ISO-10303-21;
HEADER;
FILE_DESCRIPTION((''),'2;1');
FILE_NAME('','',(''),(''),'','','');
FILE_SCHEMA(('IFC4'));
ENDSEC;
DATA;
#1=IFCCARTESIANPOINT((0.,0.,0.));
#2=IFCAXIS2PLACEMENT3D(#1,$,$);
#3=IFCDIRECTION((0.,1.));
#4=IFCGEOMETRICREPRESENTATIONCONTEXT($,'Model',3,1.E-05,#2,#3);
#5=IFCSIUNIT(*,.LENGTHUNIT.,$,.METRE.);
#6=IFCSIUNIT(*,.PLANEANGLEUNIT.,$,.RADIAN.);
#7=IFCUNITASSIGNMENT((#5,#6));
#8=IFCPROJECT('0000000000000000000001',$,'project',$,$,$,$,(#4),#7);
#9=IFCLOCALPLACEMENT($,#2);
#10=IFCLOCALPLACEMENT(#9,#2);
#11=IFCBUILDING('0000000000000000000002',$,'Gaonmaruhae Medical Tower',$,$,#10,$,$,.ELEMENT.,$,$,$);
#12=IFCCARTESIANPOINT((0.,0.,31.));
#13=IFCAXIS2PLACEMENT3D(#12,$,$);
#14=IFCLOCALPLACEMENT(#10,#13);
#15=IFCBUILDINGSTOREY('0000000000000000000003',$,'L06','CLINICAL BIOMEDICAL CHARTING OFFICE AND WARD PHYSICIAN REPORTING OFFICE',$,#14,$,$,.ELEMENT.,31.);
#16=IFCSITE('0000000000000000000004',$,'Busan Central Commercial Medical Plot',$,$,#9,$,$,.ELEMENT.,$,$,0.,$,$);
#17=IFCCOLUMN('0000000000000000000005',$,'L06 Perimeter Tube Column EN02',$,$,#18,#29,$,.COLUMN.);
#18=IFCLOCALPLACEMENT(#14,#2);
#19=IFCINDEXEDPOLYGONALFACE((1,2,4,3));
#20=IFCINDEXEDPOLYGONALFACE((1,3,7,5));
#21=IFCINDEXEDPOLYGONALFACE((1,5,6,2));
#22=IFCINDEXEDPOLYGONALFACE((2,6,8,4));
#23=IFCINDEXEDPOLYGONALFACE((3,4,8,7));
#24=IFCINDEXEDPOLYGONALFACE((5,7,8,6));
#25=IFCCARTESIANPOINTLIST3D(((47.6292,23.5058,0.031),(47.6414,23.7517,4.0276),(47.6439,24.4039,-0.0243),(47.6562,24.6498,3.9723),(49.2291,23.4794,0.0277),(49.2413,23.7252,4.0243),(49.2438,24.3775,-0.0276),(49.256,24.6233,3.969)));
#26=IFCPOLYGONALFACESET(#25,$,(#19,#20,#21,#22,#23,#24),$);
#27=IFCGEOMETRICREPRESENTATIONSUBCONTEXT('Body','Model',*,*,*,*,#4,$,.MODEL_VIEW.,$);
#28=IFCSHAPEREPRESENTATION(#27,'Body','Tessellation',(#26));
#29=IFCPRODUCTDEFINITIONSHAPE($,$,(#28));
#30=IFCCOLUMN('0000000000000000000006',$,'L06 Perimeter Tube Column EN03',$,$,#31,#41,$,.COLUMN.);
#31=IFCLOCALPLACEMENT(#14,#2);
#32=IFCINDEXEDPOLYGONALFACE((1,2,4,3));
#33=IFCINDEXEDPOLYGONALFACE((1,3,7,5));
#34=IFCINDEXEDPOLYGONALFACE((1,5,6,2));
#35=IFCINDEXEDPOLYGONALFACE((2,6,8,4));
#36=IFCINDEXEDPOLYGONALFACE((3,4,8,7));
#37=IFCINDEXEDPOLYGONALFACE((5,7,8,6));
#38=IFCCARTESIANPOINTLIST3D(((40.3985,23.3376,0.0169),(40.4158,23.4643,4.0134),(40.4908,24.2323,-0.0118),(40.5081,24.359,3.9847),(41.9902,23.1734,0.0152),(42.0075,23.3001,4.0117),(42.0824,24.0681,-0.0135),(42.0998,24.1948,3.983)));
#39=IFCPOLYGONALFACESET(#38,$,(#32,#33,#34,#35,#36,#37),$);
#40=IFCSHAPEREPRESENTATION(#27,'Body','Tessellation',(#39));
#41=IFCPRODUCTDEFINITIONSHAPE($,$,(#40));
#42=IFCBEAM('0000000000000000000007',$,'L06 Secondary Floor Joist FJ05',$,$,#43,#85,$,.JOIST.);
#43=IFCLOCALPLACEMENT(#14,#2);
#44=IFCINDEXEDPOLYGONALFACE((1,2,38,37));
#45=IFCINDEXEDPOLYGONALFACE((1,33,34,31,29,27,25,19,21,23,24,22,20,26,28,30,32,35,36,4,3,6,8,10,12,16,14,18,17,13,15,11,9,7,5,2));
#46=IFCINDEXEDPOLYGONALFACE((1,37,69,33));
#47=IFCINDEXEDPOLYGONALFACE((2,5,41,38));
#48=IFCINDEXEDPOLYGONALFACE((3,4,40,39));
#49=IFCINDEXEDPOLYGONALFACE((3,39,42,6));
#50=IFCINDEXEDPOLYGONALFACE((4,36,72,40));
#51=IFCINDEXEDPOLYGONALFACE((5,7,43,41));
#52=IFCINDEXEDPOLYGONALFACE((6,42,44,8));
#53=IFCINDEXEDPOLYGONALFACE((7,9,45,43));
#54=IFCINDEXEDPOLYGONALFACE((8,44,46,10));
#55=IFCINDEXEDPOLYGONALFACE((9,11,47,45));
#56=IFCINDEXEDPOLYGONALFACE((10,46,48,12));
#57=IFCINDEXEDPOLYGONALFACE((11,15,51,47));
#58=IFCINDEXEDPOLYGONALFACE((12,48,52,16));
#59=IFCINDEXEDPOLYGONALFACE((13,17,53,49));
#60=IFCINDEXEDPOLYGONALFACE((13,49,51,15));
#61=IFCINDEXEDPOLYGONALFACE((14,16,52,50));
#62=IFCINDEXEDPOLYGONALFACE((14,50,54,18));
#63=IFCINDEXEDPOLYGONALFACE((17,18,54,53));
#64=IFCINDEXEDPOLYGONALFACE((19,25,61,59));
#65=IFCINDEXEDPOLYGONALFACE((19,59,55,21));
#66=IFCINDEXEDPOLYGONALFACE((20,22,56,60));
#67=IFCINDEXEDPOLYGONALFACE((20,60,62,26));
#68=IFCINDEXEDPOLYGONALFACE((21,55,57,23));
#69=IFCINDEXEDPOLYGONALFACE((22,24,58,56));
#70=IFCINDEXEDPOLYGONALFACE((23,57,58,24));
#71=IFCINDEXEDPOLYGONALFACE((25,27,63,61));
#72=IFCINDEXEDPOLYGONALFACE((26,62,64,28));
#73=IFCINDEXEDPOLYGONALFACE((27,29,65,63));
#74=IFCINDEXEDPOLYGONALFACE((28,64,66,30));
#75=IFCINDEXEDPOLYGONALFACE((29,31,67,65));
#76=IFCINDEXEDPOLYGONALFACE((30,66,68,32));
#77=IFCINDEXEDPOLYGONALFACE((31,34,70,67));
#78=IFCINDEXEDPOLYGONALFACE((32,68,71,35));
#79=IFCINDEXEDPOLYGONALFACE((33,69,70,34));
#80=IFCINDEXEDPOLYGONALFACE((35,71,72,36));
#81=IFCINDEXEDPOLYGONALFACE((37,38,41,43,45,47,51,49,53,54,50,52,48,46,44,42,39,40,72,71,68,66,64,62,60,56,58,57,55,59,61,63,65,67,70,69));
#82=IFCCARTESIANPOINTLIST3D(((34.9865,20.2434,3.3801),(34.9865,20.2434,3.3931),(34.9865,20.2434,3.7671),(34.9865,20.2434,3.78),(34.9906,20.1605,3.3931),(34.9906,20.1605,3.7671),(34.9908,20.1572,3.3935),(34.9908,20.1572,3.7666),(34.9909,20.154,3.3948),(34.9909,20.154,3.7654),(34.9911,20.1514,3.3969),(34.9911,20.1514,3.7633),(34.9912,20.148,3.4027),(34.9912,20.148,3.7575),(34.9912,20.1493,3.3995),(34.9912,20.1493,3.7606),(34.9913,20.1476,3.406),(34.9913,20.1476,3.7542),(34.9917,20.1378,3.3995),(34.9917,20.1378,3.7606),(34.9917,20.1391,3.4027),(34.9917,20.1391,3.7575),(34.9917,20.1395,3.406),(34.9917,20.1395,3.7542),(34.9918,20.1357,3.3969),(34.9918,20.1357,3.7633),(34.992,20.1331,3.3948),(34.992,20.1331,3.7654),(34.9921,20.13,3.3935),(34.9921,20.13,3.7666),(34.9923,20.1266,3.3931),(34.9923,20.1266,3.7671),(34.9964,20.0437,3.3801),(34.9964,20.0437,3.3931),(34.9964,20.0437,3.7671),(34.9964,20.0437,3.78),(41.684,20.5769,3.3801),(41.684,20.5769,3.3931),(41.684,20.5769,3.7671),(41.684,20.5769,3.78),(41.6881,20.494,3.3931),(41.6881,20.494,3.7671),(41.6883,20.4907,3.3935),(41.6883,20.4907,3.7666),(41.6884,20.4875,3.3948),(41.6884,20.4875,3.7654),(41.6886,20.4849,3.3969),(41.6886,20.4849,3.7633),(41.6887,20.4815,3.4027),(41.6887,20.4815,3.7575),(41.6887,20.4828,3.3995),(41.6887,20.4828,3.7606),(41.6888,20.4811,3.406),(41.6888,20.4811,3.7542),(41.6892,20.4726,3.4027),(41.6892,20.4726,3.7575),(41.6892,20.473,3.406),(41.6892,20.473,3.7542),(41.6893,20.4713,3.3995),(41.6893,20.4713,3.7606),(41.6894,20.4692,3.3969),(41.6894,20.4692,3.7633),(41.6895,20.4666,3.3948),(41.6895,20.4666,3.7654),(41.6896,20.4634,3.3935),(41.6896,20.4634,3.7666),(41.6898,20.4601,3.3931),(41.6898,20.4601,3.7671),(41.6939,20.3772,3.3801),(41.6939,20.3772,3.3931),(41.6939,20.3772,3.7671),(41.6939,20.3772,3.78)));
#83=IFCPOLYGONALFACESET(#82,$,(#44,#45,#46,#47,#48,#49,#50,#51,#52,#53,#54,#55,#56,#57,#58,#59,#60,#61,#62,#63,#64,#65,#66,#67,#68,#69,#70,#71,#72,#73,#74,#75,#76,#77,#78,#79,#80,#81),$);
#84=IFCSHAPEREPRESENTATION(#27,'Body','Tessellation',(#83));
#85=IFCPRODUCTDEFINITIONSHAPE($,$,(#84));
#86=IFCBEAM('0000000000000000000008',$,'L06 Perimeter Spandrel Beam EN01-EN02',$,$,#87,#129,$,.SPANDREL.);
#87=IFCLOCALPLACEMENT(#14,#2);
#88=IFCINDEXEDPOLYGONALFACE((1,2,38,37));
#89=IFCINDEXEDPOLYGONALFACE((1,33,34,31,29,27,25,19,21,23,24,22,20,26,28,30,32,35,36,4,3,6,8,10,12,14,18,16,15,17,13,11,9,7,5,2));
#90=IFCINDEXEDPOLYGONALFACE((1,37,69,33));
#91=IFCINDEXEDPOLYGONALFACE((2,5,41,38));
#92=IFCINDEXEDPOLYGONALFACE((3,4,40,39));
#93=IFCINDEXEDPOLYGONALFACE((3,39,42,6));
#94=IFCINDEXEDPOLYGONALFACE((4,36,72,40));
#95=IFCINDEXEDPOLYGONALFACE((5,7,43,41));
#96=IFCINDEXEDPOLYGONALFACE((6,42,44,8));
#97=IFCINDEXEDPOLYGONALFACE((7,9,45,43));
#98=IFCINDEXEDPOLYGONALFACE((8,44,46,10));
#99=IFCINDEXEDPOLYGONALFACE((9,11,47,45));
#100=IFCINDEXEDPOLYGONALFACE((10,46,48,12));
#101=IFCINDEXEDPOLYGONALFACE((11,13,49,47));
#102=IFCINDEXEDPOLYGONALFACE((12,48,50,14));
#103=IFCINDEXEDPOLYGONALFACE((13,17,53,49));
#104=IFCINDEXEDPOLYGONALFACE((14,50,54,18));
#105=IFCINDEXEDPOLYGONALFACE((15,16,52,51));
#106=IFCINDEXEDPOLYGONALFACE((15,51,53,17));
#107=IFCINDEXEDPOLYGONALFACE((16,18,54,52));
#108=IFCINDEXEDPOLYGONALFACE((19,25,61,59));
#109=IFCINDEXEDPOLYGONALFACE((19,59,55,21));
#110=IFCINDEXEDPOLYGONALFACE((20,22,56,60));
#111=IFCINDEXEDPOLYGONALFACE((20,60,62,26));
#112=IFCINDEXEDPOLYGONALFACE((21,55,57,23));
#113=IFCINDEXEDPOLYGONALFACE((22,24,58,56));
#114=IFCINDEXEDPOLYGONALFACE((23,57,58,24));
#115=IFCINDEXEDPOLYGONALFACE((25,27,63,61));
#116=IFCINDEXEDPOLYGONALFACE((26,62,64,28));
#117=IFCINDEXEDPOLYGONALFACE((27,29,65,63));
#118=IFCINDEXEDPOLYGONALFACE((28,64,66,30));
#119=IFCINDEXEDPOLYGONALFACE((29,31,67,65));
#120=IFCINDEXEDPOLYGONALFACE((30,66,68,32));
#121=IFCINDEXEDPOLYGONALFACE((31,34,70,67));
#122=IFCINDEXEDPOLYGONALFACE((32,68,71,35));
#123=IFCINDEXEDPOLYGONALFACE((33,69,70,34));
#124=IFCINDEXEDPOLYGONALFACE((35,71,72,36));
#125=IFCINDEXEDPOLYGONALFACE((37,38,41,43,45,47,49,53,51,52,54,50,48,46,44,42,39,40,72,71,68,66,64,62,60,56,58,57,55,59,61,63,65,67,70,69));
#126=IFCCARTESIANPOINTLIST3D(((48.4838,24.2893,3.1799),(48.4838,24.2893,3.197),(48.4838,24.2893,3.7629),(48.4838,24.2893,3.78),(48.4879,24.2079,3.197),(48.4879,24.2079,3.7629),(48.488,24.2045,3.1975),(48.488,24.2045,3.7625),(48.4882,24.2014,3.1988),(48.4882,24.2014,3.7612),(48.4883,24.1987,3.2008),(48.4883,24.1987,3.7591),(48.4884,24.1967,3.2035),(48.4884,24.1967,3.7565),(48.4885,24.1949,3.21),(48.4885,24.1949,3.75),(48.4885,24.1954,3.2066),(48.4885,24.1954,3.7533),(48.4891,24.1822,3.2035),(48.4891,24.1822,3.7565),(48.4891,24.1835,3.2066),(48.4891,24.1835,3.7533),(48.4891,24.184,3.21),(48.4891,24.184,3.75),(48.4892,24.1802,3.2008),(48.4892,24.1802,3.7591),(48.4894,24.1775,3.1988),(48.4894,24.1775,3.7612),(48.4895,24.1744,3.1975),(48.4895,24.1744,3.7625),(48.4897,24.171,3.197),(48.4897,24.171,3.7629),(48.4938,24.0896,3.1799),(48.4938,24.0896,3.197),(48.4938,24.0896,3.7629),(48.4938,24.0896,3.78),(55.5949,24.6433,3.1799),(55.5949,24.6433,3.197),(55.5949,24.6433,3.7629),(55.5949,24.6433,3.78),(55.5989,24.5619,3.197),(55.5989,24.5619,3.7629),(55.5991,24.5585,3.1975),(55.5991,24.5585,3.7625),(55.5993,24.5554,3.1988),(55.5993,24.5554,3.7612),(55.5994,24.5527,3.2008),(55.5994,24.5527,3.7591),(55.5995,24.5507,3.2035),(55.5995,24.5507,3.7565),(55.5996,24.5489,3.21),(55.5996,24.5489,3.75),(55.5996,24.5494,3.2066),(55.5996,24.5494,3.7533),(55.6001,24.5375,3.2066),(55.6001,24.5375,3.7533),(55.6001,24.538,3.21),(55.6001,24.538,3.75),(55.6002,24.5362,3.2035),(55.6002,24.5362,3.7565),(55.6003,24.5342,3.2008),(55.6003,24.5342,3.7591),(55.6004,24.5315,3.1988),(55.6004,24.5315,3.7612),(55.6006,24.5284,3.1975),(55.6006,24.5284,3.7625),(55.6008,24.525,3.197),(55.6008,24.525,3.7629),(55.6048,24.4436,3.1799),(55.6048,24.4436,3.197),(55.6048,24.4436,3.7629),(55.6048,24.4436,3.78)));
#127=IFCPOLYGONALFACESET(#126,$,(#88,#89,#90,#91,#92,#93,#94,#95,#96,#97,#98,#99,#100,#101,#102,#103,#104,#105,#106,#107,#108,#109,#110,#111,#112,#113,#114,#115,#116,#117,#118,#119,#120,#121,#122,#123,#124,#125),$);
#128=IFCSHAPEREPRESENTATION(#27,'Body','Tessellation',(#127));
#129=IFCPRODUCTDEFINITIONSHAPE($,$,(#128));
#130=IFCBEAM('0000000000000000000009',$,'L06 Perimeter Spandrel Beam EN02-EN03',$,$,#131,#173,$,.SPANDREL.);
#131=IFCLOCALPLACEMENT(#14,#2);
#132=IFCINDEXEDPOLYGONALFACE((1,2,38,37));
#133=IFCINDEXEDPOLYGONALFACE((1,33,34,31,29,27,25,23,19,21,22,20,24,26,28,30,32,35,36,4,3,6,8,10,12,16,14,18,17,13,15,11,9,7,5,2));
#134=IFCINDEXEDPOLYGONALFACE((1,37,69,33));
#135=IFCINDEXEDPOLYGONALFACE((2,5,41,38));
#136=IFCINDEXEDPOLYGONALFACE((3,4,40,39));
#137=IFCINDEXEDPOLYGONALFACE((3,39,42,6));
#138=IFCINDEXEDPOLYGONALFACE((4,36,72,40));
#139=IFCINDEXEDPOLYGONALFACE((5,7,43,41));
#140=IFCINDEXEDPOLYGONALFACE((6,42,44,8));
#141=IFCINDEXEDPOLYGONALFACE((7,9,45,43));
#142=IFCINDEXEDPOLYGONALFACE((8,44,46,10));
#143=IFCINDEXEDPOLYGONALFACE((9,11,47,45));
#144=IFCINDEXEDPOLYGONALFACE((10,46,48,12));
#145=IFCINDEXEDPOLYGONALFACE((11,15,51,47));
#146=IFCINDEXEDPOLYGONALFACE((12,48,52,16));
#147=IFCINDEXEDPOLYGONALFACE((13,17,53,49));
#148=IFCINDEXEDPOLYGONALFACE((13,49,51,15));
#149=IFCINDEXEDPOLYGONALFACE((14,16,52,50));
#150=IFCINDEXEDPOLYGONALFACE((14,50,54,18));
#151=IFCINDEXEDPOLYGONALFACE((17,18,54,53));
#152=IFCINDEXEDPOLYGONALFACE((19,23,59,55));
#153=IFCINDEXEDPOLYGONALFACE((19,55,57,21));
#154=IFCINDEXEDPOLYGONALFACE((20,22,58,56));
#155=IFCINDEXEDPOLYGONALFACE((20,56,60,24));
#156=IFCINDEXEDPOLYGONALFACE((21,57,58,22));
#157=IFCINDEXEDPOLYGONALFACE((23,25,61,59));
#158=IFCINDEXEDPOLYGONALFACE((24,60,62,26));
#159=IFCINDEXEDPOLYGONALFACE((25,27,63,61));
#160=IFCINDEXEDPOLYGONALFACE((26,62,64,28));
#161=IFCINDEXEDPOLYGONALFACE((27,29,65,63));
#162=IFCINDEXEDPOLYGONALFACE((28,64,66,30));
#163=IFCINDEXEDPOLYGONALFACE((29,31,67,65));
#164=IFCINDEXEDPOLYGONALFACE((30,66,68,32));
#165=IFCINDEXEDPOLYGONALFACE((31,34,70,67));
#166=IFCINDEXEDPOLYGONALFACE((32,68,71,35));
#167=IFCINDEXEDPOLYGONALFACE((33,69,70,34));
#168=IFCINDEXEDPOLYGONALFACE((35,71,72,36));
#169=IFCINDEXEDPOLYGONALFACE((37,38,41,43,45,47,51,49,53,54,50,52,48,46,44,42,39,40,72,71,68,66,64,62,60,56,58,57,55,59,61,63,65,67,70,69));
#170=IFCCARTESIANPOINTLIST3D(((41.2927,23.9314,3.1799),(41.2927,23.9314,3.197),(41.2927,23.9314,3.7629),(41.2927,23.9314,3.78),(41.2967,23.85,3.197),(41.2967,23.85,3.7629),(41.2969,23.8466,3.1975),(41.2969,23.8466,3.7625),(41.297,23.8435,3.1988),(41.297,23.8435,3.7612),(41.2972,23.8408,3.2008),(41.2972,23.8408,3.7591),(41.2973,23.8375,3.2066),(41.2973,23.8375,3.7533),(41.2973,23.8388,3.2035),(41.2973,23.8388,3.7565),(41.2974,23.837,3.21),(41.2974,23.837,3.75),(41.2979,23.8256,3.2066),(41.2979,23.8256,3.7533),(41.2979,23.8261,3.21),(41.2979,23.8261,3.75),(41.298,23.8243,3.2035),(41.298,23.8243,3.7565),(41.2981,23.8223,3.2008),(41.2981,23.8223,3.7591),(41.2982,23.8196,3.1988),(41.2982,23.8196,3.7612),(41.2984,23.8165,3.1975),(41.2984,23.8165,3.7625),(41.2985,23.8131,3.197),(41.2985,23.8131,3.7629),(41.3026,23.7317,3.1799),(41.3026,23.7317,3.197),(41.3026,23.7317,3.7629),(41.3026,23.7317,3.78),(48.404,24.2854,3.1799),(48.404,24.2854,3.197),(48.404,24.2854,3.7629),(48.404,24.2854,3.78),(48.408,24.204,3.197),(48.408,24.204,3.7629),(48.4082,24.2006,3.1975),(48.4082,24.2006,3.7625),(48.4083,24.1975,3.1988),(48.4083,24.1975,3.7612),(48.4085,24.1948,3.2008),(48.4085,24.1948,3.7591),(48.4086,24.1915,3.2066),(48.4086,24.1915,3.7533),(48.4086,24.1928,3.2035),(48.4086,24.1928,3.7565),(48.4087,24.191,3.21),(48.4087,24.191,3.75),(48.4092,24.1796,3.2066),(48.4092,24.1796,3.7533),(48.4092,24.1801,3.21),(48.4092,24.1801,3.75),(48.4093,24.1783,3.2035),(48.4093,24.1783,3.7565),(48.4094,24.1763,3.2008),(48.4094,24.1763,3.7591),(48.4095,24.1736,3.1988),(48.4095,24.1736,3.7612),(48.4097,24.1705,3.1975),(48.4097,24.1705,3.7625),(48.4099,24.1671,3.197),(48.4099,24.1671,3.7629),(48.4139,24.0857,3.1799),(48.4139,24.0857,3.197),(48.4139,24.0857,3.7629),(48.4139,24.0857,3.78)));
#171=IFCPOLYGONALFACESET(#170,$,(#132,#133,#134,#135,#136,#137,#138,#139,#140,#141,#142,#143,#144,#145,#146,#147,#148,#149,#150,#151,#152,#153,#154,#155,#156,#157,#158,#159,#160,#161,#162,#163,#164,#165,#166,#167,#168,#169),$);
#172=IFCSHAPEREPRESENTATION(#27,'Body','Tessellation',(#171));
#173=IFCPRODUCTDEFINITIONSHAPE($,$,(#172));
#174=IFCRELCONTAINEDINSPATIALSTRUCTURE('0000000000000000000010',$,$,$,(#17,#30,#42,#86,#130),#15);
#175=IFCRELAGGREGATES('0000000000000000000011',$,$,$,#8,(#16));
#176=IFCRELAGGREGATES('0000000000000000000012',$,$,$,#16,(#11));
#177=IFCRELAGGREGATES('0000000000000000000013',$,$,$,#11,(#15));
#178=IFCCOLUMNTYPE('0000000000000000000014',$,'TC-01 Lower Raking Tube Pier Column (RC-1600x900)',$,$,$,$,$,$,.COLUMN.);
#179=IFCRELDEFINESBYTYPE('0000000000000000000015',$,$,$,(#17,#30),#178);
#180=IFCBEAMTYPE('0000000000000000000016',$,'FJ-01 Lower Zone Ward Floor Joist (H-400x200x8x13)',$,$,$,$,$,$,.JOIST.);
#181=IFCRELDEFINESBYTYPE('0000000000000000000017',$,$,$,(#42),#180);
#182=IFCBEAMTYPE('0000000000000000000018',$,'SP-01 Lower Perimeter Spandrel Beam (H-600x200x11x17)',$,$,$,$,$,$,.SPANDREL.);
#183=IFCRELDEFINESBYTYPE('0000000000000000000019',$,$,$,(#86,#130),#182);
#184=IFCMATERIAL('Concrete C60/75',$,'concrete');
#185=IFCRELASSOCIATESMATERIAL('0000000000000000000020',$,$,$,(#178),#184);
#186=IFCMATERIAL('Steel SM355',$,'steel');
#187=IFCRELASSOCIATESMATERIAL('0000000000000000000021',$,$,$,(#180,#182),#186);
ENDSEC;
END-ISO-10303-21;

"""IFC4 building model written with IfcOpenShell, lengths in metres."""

from ifc_helpers import new_model, si_unit, direction, frame, origin, origin_2d, place, context, subcontext, project, spatial, rectangle, i_section, extrude, material, material_profile, profile_set, type_object, element, save


model = new_model("IFC4")

# Units and contexts
model_context = context("Model", 3, precision=1e-05, world=origin(), true_north=direction((0.0, 1.0)))
body_context = subcontext(model_context, "Body", "Model", "MODEL_VIEW")
ifc_project = project(units=[si_unit("LENGTHUNIT", "METRE"), si_unit("PLANEANGLEUNIT", "RADIAN")], contexts=[model_context])

# Site, building, storey
site_placement = place(None, origin())
site = spatial("IfcSite", under=ifc_project, at=site_placement, Name="Busan Central Commercial Medical Plot", CompositionType="ELEMENT", RefElevation=0.0)
building_placement = place(site_placement, origin())
building = spatial("IfcBuilding", under=site, at=building_placement, Name="Gaonmaruhae Medical Tower", CompositionType="ELEMENT")
storey_placement = place(building_placement, frame((0.0, 0.0, 31.0)))
storey = spatial("IfcBuildingStorey", under=building, at=storey_placement, Name="L06", Description="CLINICAL BIOMEDICAL CHARTING OFFICE AND WARD PHYSICIAN REPORTING OFFICE", CompositionType="ELEMENT", Elevation=31.0)

# Columns
ifc_material_1 = material(Name="Concrete C60/75", Category="concrete")
ifc_material_profile_1 = material_profile(ifc_material_1, rectangle(XDim=1.6001, YDim=0.8999, at=origin_2d()), Name="RC-1600x900")
ifc_profile_set_1 = profile_set([ifc_material_profile_1], Name="Concrete C60/75")
column_type = type_object("IfcColumnType", Name="TC-01 Lower Raking Tube Pier Column (RC-1600x900)", PredefinedType="COLUMN", material=ifc_profile_set_1)
column_1_placement = place(storey_placement, frame((48.4365, 23.9417, 0.0017), z_axis=(0.003049, 0.061399, 0.998109), x_axis=(-0.999862, 0.016512, 0.002038)))
element("IfcColumn", 1, at=column_1_placement, inside=storey, type_object=column_type, Name="L06 Perimeter Tube Column EN02", PredefinedType="COLUMN", context=body_context, shape_type="SweptSolid", body=[
    extrude(rectangle(XDim=1.6001, YDim=0.8999, at=origin_2d()), origin(), (0.0, 0.0, 1.0), 4.0042),
])
column_2_placement = place(storey_placement, frame((41.2405, 23.7029, 0.0017), z_axis=(0.004335, 0.031688, 0.999488), x_axis=(-0.994719, 0.102632, 0.00106)))
element("IfcColumn", 2, at=column_2_placement, inside=storey, type_object=column_type, Name="L06 Perimeter Tube Column EN03", PredefinedType="COLUMN", context=body_context, shape_type="SweptSolid", body=[
    extrude(rectangle(XDim=1.6001, YDim=0.8999, at=origin_2d()), origin(), (0.0, 0.0, 1.0), 3.9985),
])

# Beams
ifc_material_2 = material(Name="Steel SM355", Category="steel")
ifc_material_profile_2 = material_profile(ifc_material_2, i_section(OverallWidth=0.2, OverallDepth=0.3999, WebThickness=0.0081, FlangeThickness=0.0129, FilletRadius=0.0129, at=origin_2d()), Name="H-400x200x8x13")
ifc_profile_set_2 = profile_set([ifc_material_profile_2], Name="Steel SM355")
beam_type_1 = type_object("IfcBeamType", Name="FJ-01 Lower Zone Ward Floor Joist (H-400x200x8x13)", PredefinedType="JOIST", material=ifc_profile_set_2)
beam_1_placement = place(storey_placement, frame((41.689, 20.4771, 3.5801), z_axis=(-0.998763, -0.049732, 0.0), x_axis=(0.049732, -0.998763, 0.0)))
element("IfcBeam", 3, at=beam_1_placement, inside=storey, type_object=beam_type_1, Name="L06 Secondary Floor Joist FJ05", PredefinedType="JOIST", context=body_context, shape_type="SweptSolid", body=[
    extrude(i_section(OverallWidth=0.2, OverallDepth=0.3999, WebThickness=0.0081, FlangeThickness=0.0129, FilletRadius=0.0129, at=origin_2d()), origin(), (0.0, 0.0, 1.0), 6.7058),
])
ifc_material_profile_3 = material_profile(ifc_material_2, i_section(OverallWidth=0.2, OverallDepth=0.6001, WebThickness=0.011, FlangeThickness=0.0171, FilletRadius=0.0129, at=origin_2d()), Name="H-600x200x11x17")
ifc_profile_set_3 = profile_set([ifc_material_profile_3], Name="Steel SM355")
beam_type_2 = type_object("IfcBeamType", Name="SP-01 Lower Perimeter Spandrel Beam (H-600x200x11x17)", PredefinedType="SPANDREL", material=ifc_profile_set_3)
beam_2_placement = place(storey_placement, frame((55.5999, 24.5435, 3.48), z_axis=(-0.998763, -0.04972, 0.0), x_axis=(0.04972, -0.998763, 0.0)))
element("IfcBeam", 4, at=beam_2_placement, inside=storey, type_object=beam_type_2, Name="L06 Perimeter Spandrel Beam EN01-EN02", PredefinedType="SPANDREL", context=body_context, shape_type="SweptSolid", body=[
    extrude(i_section(OverallWidth=0.2, OverallDepth=0.6001, WebThickness=0.011, FlangeThickness=0.0171, FilletRadius=0.0129, at=origin_2d()), origin(), (0.0, 0.0, 1.0), 7.1199),
])
beam_3_placement = place(storey_placement, frame((48.4089, 24.1855, 3.48), z_axis=(-0.998763, -0.049719, 0.0), x_axis=(0.049719, -0.998763, 0.0)))
element("IfcBeam", 5, at=beam_3_placement, inside=storey, type_object=beam_type_2, Name="L06 Perimeter Spandrel Beam EN02-EN03", PredefinedType="SPANDREL", context=body_context, shape_type="SweptSolid", body=[
    extrude(i_section(OverallWidth=0.2, OverallDepth=0.6001, WebThickness=0.011, FlangeThickness=0.0171, FilletRadius=0.0129, at=origin_2d()), origin(), (0.0, 0.0, 1.0), 7.1201),
])

save(model, "model.ifc")
